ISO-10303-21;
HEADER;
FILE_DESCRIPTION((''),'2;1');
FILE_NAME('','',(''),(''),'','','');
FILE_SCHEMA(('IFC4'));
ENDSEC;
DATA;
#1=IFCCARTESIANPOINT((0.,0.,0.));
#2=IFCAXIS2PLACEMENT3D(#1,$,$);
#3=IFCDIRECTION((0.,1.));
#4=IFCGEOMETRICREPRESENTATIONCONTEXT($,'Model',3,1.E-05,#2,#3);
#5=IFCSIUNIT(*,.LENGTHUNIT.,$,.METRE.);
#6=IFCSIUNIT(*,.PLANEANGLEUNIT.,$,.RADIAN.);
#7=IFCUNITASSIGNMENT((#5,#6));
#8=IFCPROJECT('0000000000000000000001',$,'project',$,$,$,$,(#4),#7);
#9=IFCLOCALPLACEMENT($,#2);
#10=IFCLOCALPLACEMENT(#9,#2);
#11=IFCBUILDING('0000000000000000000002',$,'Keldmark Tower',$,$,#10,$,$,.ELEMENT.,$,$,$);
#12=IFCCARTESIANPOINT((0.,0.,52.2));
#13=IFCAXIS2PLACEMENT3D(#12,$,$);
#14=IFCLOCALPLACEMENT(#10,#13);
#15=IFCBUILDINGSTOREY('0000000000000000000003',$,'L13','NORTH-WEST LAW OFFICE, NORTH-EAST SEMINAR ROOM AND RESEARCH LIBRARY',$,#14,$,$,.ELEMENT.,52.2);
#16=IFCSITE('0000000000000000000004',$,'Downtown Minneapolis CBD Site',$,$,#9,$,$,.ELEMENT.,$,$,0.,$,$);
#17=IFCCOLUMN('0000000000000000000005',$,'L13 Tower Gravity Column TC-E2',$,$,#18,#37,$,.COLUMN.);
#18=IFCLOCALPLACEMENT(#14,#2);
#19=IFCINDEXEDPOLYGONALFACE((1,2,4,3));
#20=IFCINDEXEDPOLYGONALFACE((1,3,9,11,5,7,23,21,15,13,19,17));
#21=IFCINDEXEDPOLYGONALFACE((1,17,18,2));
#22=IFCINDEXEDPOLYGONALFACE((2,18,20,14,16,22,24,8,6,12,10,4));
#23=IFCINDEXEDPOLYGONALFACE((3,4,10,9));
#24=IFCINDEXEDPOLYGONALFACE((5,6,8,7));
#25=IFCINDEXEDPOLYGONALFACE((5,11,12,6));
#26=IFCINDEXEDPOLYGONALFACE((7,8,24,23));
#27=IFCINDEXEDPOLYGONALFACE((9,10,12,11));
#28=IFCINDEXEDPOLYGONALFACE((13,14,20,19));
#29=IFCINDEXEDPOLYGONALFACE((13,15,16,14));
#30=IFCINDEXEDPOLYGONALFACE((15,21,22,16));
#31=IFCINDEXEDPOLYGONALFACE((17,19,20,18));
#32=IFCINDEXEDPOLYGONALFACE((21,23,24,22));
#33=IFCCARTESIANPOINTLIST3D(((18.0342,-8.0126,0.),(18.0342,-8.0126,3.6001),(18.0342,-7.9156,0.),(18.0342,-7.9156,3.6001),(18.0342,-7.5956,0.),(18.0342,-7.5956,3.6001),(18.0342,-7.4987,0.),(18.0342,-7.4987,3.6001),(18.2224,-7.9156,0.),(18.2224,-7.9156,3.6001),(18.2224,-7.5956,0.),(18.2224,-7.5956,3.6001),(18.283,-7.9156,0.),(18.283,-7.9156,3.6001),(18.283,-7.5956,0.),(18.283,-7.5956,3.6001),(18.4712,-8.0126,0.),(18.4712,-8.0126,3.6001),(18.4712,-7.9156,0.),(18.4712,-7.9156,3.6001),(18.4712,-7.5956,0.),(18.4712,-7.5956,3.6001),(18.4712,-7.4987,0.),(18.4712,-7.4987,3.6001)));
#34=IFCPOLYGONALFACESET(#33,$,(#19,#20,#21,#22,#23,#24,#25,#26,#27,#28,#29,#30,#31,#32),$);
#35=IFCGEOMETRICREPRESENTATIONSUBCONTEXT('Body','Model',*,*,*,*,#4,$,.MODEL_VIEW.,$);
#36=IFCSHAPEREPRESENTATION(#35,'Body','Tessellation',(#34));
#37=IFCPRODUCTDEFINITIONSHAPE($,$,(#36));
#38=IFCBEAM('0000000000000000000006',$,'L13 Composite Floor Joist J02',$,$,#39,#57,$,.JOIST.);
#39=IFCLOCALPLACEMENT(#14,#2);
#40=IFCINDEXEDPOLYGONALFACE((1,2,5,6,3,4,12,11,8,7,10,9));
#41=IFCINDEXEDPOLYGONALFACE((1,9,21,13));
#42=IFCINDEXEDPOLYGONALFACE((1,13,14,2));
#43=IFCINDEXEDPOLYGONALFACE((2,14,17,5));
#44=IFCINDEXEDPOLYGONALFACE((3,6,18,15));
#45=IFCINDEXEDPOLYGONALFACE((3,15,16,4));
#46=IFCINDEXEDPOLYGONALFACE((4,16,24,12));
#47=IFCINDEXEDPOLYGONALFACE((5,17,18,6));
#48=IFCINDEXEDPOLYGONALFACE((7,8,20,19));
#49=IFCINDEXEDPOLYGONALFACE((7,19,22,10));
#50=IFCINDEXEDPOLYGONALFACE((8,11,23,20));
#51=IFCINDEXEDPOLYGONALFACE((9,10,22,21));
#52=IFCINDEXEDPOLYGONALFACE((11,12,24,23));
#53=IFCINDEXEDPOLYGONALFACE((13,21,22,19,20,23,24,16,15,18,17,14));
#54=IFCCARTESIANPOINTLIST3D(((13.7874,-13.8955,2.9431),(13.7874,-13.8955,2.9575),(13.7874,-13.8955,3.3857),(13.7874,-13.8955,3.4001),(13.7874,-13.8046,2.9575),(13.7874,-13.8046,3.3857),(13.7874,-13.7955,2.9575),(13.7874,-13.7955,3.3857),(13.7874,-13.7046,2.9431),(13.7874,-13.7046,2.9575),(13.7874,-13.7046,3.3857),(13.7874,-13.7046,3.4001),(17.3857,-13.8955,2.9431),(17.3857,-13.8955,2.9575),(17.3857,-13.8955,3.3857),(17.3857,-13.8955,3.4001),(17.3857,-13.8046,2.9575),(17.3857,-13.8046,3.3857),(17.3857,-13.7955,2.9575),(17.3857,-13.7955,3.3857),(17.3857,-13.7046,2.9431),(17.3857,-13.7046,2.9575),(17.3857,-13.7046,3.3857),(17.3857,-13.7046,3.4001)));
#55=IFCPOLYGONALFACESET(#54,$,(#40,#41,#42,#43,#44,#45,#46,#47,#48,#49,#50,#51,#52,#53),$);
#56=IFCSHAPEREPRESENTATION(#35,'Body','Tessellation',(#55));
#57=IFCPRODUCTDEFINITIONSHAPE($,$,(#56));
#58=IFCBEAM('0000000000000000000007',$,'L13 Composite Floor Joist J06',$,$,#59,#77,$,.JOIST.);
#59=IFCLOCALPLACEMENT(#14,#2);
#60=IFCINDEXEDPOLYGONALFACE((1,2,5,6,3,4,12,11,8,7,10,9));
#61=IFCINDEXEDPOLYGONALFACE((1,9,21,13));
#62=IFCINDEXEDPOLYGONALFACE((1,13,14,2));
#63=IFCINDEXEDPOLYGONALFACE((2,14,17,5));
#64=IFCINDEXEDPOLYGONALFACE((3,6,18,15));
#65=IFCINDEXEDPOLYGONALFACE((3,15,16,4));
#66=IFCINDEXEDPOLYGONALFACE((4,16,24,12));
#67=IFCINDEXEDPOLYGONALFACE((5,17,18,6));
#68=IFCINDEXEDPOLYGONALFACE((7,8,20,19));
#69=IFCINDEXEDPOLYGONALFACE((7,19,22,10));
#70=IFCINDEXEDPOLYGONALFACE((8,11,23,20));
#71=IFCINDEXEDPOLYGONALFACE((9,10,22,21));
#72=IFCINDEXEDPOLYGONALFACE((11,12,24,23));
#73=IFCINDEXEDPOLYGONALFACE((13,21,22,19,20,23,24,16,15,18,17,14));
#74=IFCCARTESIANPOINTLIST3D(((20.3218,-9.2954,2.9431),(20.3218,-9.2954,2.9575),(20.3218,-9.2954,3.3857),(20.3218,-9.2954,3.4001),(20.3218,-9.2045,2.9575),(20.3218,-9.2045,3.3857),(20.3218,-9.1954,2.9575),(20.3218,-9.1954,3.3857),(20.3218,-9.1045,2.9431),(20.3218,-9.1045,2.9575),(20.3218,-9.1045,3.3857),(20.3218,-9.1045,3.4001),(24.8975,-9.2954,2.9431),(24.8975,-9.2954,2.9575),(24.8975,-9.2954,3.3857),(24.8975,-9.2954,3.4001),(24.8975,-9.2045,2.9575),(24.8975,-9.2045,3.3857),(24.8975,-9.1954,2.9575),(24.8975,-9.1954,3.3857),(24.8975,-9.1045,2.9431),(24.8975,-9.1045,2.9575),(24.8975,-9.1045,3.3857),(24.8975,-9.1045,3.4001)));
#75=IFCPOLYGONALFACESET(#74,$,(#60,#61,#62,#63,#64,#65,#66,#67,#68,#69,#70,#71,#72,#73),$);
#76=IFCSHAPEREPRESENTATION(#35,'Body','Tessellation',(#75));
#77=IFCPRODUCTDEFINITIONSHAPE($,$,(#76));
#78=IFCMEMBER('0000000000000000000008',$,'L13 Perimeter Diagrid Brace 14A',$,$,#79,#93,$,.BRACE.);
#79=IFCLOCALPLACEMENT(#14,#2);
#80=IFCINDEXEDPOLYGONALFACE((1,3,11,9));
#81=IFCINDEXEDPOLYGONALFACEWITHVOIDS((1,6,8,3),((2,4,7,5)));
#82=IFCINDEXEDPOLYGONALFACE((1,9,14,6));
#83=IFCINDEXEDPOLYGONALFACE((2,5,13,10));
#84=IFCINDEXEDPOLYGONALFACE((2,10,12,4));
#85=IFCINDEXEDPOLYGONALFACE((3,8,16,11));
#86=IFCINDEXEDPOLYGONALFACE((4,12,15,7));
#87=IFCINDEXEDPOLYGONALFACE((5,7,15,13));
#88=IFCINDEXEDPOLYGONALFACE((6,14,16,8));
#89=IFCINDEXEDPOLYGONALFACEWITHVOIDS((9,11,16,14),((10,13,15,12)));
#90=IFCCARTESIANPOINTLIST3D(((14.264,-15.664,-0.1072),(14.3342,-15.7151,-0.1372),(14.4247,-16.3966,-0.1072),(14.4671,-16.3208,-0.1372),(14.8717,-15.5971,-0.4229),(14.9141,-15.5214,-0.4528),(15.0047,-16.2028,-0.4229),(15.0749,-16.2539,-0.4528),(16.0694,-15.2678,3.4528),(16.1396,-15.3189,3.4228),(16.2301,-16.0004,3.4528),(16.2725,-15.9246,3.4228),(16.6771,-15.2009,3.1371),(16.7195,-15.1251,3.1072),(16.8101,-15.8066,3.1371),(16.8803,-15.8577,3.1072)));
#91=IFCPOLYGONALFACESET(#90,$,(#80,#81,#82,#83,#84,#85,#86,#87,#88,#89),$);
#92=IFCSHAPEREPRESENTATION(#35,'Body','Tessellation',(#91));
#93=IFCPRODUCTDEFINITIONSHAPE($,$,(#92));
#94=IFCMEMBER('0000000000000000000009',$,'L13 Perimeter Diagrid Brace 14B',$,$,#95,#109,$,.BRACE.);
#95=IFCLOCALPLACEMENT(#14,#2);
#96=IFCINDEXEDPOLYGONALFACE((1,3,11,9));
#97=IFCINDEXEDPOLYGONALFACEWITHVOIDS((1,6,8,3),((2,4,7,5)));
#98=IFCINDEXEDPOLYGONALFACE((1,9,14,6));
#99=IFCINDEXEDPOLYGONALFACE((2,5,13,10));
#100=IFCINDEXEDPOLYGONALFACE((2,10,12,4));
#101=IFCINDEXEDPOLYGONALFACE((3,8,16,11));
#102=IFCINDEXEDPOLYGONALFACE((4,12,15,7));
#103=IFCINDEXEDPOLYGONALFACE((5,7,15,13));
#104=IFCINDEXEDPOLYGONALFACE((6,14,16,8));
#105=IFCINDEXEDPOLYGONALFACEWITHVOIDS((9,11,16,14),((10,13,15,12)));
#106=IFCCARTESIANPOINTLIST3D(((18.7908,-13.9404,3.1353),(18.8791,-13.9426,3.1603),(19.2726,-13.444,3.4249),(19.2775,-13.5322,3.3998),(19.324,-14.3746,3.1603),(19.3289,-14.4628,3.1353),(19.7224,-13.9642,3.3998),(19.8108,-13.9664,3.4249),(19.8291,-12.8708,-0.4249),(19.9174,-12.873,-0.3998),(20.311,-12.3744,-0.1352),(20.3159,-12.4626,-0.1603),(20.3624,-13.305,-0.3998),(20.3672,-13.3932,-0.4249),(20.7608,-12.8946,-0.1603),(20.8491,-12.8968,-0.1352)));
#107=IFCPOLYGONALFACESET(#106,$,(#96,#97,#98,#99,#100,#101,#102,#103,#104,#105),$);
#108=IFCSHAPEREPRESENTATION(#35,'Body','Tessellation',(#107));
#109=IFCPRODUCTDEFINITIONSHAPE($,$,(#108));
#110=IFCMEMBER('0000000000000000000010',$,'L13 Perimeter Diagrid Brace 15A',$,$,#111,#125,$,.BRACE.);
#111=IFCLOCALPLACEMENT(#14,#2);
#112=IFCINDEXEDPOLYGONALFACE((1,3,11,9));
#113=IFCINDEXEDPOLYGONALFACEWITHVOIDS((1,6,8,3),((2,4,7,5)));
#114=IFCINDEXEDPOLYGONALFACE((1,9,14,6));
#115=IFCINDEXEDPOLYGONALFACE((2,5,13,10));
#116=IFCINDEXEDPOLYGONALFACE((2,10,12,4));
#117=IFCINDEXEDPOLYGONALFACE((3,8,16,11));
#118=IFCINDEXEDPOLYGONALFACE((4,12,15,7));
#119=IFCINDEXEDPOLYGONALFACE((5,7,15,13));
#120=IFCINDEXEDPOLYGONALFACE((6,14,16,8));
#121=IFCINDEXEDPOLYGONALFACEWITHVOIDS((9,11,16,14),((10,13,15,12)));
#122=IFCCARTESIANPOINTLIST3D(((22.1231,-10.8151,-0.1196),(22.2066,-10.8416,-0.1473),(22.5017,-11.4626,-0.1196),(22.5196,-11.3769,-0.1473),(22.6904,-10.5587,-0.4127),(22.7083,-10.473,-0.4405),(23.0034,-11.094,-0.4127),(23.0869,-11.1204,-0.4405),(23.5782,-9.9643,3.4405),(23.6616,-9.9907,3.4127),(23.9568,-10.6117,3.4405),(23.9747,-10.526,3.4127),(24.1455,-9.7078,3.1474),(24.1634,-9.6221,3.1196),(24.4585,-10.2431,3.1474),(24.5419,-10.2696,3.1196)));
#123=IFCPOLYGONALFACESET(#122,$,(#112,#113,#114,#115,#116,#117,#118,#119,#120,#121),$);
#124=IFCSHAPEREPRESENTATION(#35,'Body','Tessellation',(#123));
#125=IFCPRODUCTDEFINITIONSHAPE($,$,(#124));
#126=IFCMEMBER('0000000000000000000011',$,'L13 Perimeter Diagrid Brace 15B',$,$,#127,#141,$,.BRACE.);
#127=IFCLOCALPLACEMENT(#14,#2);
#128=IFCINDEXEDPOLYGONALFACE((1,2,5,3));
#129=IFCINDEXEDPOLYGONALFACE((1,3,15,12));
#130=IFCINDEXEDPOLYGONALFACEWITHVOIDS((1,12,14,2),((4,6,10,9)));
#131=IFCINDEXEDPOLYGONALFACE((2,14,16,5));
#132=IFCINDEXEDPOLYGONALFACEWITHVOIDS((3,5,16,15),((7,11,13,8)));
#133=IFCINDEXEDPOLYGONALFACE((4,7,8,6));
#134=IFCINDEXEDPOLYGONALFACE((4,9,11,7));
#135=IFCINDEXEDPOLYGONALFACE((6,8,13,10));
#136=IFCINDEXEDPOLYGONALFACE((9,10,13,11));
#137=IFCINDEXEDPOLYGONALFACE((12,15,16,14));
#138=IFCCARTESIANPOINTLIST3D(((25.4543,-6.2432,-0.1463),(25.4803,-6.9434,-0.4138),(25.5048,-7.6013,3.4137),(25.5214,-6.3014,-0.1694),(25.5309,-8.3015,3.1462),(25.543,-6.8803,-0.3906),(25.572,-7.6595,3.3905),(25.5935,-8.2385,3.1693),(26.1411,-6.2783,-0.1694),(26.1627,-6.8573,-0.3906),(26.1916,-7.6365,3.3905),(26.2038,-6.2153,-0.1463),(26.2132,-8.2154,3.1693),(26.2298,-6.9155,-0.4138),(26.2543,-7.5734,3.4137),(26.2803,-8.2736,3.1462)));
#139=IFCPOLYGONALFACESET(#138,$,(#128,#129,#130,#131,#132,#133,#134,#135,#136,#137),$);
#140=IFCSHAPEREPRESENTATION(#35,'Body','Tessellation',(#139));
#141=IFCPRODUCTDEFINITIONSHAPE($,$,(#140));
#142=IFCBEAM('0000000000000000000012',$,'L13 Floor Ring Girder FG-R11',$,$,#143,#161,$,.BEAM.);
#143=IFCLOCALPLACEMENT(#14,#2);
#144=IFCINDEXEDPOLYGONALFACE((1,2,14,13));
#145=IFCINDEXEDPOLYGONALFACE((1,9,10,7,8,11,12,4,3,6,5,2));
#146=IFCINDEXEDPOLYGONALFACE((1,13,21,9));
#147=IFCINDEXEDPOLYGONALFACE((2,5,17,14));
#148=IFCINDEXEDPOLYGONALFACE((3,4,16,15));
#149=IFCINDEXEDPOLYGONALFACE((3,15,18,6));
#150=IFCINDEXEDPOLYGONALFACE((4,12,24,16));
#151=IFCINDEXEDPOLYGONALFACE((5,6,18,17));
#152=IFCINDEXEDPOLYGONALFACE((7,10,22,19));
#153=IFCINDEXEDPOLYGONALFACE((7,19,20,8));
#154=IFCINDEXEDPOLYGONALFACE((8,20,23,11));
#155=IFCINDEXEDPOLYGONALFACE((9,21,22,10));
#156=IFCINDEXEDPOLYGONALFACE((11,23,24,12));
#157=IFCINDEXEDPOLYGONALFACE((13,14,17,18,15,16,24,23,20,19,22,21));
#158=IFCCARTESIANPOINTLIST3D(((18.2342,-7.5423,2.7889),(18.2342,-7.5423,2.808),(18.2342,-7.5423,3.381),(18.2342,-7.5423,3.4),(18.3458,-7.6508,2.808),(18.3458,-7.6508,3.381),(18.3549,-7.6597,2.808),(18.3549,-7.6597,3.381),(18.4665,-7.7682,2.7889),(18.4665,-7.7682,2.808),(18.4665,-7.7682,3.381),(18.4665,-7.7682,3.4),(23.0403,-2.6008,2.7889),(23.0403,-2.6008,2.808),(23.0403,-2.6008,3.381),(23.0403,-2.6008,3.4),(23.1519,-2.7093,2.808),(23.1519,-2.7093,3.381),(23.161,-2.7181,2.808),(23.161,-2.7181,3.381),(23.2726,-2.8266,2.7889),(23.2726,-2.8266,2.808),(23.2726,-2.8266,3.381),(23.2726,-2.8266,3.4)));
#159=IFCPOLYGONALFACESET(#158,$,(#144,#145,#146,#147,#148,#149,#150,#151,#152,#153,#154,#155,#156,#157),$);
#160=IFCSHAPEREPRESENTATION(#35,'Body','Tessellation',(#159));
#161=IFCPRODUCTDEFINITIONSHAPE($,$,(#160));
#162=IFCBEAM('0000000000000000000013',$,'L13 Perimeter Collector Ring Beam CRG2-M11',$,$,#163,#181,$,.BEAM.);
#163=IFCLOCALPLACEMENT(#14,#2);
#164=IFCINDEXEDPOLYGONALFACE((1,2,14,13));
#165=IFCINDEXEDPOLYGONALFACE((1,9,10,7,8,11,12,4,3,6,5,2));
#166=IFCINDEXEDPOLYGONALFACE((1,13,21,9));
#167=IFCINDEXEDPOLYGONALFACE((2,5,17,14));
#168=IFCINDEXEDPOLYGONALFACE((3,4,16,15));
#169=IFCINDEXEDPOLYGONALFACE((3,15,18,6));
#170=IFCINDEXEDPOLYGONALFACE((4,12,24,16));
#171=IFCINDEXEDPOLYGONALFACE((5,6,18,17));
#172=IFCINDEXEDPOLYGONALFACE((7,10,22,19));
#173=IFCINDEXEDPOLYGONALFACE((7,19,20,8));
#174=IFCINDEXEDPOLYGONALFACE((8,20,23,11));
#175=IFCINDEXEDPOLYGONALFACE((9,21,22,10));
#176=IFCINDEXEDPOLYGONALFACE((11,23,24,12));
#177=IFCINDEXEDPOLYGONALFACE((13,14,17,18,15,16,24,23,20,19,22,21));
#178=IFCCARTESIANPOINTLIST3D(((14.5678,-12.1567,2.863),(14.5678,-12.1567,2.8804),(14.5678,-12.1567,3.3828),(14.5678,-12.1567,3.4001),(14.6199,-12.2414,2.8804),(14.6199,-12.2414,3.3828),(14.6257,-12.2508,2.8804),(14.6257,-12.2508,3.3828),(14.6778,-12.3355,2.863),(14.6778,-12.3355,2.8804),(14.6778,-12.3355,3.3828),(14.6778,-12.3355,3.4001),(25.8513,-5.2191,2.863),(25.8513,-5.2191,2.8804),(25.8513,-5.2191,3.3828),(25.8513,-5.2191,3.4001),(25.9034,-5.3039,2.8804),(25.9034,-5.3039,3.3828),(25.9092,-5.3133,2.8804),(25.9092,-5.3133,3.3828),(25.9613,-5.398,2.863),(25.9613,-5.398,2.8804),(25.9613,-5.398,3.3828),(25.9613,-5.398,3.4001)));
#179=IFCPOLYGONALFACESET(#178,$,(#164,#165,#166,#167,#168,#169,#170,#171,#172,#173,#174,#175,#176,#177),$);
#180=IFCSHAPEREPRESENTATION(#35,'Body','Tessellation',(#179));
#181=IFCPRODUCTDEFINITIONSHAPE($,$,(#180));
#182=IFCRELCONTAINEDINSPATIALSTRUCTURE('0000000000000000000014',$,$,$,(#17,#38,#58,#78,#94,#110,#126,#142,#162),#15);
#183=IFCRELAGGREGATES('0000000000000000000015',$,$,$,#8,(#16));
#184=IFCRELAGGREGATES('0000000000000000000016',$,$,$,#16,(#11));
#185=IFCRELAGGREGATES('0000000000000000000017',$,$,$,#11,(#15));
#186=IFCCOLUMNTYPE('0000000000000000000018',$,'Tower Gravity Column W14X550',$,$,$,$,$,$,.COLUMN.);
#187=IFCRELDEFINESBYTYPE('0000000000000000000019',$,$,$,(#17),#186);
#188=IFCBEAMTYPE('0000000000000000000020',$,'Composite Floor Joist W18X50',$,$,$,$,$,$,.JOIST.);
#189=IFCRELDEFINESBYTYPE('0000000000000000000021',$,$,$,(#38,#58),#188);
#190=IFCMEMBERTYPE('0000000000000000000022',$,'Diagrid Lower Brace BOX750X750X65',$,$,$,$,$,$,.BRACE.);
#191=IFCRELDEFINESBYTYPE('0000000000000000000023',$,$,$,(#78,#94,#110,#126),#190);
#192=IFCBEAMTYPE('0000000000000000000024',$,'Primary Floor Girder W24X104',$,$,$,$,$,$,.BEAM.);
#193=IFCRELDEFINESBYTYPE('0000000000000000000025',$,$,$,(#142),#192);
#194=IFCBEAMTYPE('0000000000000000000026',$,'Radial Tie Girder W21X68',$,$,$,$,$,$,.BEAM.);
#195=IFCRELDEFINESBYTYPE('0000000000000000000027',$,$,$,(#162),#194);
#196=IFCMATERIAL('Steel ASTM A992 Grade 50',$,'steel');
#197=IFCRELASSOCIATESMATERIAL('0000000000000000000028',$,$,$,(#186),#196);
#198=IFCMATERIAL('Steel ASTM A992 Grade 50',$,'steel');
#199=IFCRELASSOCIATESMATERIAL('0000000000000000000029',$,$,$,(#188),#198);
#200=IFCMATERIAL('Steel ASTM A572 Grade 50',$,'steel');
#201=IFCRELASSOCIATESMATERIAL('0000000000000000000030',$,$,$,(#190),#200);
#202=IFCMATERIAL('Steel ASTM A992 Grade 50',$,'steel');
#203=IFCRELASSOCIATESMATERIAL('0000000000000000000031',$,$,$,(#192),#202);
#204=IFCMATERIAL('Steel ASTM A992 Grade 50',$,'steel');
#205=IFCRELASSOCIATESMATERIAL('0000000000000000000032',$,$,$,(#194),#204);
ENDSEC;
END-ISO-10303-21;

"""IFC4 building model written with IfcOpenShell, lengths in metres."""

from ifc_helpers import new_model, si_unit, direction, frame, origin, origin_2d, place, context, subcontext, project, spatial, hollow_rectangle, i_section, extrude, material, material_profile, profile_set, type_object, element, save


model = new_model("IFC4")

# Units and contexts
model_context = context("Model", 3, precision=1e-05, world=origin(), true_north=direction((0.0, 1.0)))
body_context = subcontext(model_context, "Body", "Model", "MODEL_VIEW")
ifc_project = project(units=[si_unit("LENGTHUNIT", "METRE"), si_unit("PLANEANGLEUNIT", "RADIAN")], contexts=[model_context])

# Site, building, storey
site_placement = place(None, origin())
site = spatial("IfcSite", under=ifc_project, at=site_placement, Name="Downtown Minneapolis CBD Site", CompositionType="ELEMENT", RefElevation=0.0)
building_placement = place(site_placement, origin())
building = spatial("IfcBuilding", under=site, at=building_placement, Name="Keldmark Tower", CompositionType="ELEMENT")
storey_placement = place(building_placement, frame((0.0, 0.0, 52.2)))
storey = spatial("IfcBuildingStorey", under=building, at=storey_placement, Name="L13", Description="NORTH-WEST LAW OFFICE, NORTH-EAST SEMINAR ROOM AND RESEARCH LIBRARY", CompositionType="ELEMENT", Elevation=52.2)

# Column
ifc_material_1 = material(Name="Steel ASTM A992 Grade 50", Category="steel")
ifc_material_profile_1 = material_profile(ifc_material_1, i_section(OverallWidth=0.437, OverallDepth=0.5139, WebThickness=0.0605, FlangeThickness=0.0969, at=origin_2d()), Name="W14X550")
ifc_profile_set_1 = profile_set([ifc_material_profile_1], Name="Steel ASTM A992 Grade 50")
column_type = type_object("IfcColumnType", Name="Tower Gravity Column W14X550", PredefinedType="COLUMN", material=ifc_profile_set_1)
column_placement = place(storey_placement, frame((18.2527, -7.7556, 0.0), z_axis=(0.0, 0.0, 1.0), x_axis=(1.0, 0.0, 0.0)))
element("IfcColumn", 1, at=column_placement, inside=storey, type_object=column_type, Name="L13 Tower Gravity Column TC-E2", PredefinedType="COLUMN", context=body_context, shape_type="SweptSolid", body=[
    extrude(i_section(OverallWidth=0.437, OverallDepth=0.5139, WebThickness=0.0605, FlangeThickness=0.0969, at=origin_2d()), origin(), (0.0, 0.0, 1.0), 3.6001),
])

# Beams
ifc_material_2 = material(Name="Steel ASTM A992 Grade 50", Category="steel")
ifc_material_profile_2 = material_profile(ifc_material_2, i_section(OverallWidth=0.1909, OverallDepth=0.457, WebThickness=0.009, FlangeThickness=0.0144, at=origin_2d()), Name="W18X50")
ifc_profile_set_2 = profile_set([ifc_material_profile_2], Name="Steel ASTM A992 Grade 50")
beam_type_1 = type_object("IfcBeamType", Name="Composite Floor Joist W18X50", PredefinedType="JOIST", material=ifc_profile_set_2)
beam_1_placement = place(storey_placement, frame((13.7874, -13.8, 3.1716), z_axis=(1.0, 0.0, 0.0), x_axis=(0.0, 1.0, 0.0)))
element("IfcBeam", 2, at=beam_1_placement, inside=storey, type_object=beam_type_1, Name="L13 Composite Floor Joist J02", PredefinedType="JOIST", context=body_context, shape_type="SweptSolid", body=[
    extrude(i_section(OverallWidth=0.1909, OverallDepth=0.457, WebThickness=0.009, FlangeThickness=0.0144, at=origin_2d()), origin(), (0.0, 0.0, 1.0), 3.5984),
])
beam_2_placement = place(storey_placement, frame((20.3218, -9.2, 3.1716), z_axis=(1.0, 0.0, 0.0), x_axis=(0.0, 1.0, 0.0)))
element("IfcBeam", 3, at=beam_2_placement, inside=storey, type_object=beam_type_1, Name="L13 Composite Floor Joist J06", PredefinedType="JOIST", context=body_context, shape_type="SweptSolid", body=[
    extrude(i_section(OverallWidth=0.1909, OverallDepth=0.457, WebThickness=0.009, FlangeThickness=0.0144, at=origin_2d()), origin(), (0.0, 0.0, 1.0), 4.5757),
])

# Members
ifc_material_3 = material(Name="Steel ASTM A572 Grade 50", Category="steel")
ifc_material_profile_3 = material_profile(ifc_material_3, hollow_rectangle(XDim=0.75, YDim=0.75, WallThickness=0.0649, at=origin_2d()), Name="BOX750X750X65")
ifc_profile_set_3 = profile_set([ifc_material_profile_3], Name="Steel ASTM A572 Grade 50")
member_type = type_object("IfcMemberType", Name="Diagrid Lower Brace BOX750X750X65", PredefinedType="BRACE", material=ifc_profile_set_3)
member_1_placement = place(storey_placement, frame((14.6694, -15.959, -0.28), z_axis=(0.450083, 0.098781, 0.887506), x_axis=(-0.21437, 0.976752, 0.0)))
element("IfcMember", 4, at=member_1_placement, inside=storey, type_object=member_type, Name="L13 Perimeter Diagrid Brace 14A", PredefinedType="BRACE", context=body_context, shape_type="SweptSolid", body=[
    extrude(hollow_rectangle(XDim=0.75, YDim=0.75, WallThickness=0.0649, at=origin_2d()), origin(), (0.0, 0.0, 1.0), 4.0112),
])
member_2_placement = place(storey_placement, frame((20.3391, -12.8838, -0.28), z_axis=(-0.269029, -0.277125, 0.922402), x_axis=(0.717511, -0.696547, 0.0)))
element("IfcMember", 5, at=member_2_placement, inside=storey, type_object=member_type, Name="L13 Perimeter Diagrid Brace 14B", PredefinedType="BRACE", context=body_context, shape_type="SweptSolid", body=[
    extrude(hollow_rectangle(XDim=0.75, YDim=0.75, WallThickness=0.0649, at=origin_2d()), origin(), (0.0, 0.0, 1.0), 3.8596),
])
member_3_placement = place(storey_placement, frame((22.605, -10.9678, -0.28), z_axis=(0.369409, 0.216005, 0.903813), x_axis=(-0.504771, 0.863253, 0.0)))
element("IfcMember", 6, at=member_3_placement, inside=storey, type_object=member_type, Name="L13 Perimeter Diagrid Brace 15A", PredefinedType="BRACE", context=body_context, shape_type="SweptSolid", body=[
    extrude(hollow_rectangle(XDim=0.75, YDim=0.75, WallThickness=0.0649, at=origin_2d()), origin(), (0.0, 0.0, 1.0), 3.939),
])
member_4_placement = place(storey_placement, frame((25.842, -6.5793, -0.28), z_axis=(0.013262, -0.356409, 0.934236), x_axis=(0.999308, 0.037184, 0.0)))
element("IfcMember", 7, at=member_4_placement, inside=storey, type_object=member_type, Name="L13 Perimeter Diagrid Brace 15B", PredefinedType="BRACE", context=body_context, shape_type="SweptSolid", body=[
    extrude(hollow_rectangle(XDim=0.75, YDim=0.75, WallThickness=0.0649, at=origin_2d()), origin(), (0.0, 0.0, 1.0), 3.8105),
])

# Beams
ifc_material_4 = material(Name="Steel ASTM A992 Grade 50", Category="steel")
ifc_material_profile_4 = material_profile(ifc_material_4, i_section(OverallWidth=0.324, OverallDepth=0.6111, WebThickness=0.0127, FlangeThickness=0.019, at=origin_2d()), Name="W24X104")
ifc_profile_set_4 = profile_set([ifc_material_profile_4], Name="Steel ASTM A992 Grade 50")
beam_type_2 = type_object("IfcBeamType", Name="Primary Floor Girder W24X104", PredefinedType="BEAM", material=ifc_profile_set_4)
beam_3_placement = place(storey_placement, frame((18.3503, -7.6553, 3.0945), z_axis=(0.69721, 0.716867, 0.0), x_axis=(-0.716867, 0.69721, 0.0)))
element("IfcBeam", 8, at=beam_3_placement, inside=storey, type_object=beam_type_2, Name="L13 Floor Ring Girder FG-R11", PredefinedType="BEAM", context=body_context, shape_type="SweptSolid", body=[
    extrude(i_section(OverallWidth=0.324, OverallDepth=0.6111, WebThickness=0.0127, FlangeThickness=0.019, at=origin_2d()), origin(), (0.0, 0.0, 1.0), 6.8933),
])
ifc_material_5 = material(Name="Steel ASTM A992 Grade 50", Category="steel")
ifc_material_profile_5 = material_profile(ifc_material_5, i_section(OverallWidth=0.21, OverallDepth=0.5371, WebThickness=0.011, FlangeThickness=0.0173, at=origin_2d()), Name="W21X68")
ifc_profile_set_5 = profile_set([ifc_material_profile_5], Name="Steel ASTM A992 Grade 50")
beam_type_3 = type_object("IfcBeamType", Name="Radial Tie Girder W21X68", PredefinedType="BEAM", material=ifc_profile_set_5)
beam_4_placement = place(storey_placement, frame((14.6228, -12.2461, 3.1316), z_axis=(0.851866, 0.52376, 0.0), x_axis=(-0.52376, 0.851866, 0.0)))
element("IfcBeam", 9, at=beam_4_placement, inside=storey, type_object=beam_type_3, Name="L13 Perimeter Collector Ring Beam CRG2-M11", PredefinedType="BEAM", context=body_context, shape_type="SweptSolid", body=[
    extrude(i_section(OverallWidth=0.21, OverallDepth=0.5371, WebThickness=0.011, FlangeThickness=0.0173, at=origin_2d()), origin(), (0.0, 0.0, 1.0), 13.2456),
])

save(model, "model.ifc")
